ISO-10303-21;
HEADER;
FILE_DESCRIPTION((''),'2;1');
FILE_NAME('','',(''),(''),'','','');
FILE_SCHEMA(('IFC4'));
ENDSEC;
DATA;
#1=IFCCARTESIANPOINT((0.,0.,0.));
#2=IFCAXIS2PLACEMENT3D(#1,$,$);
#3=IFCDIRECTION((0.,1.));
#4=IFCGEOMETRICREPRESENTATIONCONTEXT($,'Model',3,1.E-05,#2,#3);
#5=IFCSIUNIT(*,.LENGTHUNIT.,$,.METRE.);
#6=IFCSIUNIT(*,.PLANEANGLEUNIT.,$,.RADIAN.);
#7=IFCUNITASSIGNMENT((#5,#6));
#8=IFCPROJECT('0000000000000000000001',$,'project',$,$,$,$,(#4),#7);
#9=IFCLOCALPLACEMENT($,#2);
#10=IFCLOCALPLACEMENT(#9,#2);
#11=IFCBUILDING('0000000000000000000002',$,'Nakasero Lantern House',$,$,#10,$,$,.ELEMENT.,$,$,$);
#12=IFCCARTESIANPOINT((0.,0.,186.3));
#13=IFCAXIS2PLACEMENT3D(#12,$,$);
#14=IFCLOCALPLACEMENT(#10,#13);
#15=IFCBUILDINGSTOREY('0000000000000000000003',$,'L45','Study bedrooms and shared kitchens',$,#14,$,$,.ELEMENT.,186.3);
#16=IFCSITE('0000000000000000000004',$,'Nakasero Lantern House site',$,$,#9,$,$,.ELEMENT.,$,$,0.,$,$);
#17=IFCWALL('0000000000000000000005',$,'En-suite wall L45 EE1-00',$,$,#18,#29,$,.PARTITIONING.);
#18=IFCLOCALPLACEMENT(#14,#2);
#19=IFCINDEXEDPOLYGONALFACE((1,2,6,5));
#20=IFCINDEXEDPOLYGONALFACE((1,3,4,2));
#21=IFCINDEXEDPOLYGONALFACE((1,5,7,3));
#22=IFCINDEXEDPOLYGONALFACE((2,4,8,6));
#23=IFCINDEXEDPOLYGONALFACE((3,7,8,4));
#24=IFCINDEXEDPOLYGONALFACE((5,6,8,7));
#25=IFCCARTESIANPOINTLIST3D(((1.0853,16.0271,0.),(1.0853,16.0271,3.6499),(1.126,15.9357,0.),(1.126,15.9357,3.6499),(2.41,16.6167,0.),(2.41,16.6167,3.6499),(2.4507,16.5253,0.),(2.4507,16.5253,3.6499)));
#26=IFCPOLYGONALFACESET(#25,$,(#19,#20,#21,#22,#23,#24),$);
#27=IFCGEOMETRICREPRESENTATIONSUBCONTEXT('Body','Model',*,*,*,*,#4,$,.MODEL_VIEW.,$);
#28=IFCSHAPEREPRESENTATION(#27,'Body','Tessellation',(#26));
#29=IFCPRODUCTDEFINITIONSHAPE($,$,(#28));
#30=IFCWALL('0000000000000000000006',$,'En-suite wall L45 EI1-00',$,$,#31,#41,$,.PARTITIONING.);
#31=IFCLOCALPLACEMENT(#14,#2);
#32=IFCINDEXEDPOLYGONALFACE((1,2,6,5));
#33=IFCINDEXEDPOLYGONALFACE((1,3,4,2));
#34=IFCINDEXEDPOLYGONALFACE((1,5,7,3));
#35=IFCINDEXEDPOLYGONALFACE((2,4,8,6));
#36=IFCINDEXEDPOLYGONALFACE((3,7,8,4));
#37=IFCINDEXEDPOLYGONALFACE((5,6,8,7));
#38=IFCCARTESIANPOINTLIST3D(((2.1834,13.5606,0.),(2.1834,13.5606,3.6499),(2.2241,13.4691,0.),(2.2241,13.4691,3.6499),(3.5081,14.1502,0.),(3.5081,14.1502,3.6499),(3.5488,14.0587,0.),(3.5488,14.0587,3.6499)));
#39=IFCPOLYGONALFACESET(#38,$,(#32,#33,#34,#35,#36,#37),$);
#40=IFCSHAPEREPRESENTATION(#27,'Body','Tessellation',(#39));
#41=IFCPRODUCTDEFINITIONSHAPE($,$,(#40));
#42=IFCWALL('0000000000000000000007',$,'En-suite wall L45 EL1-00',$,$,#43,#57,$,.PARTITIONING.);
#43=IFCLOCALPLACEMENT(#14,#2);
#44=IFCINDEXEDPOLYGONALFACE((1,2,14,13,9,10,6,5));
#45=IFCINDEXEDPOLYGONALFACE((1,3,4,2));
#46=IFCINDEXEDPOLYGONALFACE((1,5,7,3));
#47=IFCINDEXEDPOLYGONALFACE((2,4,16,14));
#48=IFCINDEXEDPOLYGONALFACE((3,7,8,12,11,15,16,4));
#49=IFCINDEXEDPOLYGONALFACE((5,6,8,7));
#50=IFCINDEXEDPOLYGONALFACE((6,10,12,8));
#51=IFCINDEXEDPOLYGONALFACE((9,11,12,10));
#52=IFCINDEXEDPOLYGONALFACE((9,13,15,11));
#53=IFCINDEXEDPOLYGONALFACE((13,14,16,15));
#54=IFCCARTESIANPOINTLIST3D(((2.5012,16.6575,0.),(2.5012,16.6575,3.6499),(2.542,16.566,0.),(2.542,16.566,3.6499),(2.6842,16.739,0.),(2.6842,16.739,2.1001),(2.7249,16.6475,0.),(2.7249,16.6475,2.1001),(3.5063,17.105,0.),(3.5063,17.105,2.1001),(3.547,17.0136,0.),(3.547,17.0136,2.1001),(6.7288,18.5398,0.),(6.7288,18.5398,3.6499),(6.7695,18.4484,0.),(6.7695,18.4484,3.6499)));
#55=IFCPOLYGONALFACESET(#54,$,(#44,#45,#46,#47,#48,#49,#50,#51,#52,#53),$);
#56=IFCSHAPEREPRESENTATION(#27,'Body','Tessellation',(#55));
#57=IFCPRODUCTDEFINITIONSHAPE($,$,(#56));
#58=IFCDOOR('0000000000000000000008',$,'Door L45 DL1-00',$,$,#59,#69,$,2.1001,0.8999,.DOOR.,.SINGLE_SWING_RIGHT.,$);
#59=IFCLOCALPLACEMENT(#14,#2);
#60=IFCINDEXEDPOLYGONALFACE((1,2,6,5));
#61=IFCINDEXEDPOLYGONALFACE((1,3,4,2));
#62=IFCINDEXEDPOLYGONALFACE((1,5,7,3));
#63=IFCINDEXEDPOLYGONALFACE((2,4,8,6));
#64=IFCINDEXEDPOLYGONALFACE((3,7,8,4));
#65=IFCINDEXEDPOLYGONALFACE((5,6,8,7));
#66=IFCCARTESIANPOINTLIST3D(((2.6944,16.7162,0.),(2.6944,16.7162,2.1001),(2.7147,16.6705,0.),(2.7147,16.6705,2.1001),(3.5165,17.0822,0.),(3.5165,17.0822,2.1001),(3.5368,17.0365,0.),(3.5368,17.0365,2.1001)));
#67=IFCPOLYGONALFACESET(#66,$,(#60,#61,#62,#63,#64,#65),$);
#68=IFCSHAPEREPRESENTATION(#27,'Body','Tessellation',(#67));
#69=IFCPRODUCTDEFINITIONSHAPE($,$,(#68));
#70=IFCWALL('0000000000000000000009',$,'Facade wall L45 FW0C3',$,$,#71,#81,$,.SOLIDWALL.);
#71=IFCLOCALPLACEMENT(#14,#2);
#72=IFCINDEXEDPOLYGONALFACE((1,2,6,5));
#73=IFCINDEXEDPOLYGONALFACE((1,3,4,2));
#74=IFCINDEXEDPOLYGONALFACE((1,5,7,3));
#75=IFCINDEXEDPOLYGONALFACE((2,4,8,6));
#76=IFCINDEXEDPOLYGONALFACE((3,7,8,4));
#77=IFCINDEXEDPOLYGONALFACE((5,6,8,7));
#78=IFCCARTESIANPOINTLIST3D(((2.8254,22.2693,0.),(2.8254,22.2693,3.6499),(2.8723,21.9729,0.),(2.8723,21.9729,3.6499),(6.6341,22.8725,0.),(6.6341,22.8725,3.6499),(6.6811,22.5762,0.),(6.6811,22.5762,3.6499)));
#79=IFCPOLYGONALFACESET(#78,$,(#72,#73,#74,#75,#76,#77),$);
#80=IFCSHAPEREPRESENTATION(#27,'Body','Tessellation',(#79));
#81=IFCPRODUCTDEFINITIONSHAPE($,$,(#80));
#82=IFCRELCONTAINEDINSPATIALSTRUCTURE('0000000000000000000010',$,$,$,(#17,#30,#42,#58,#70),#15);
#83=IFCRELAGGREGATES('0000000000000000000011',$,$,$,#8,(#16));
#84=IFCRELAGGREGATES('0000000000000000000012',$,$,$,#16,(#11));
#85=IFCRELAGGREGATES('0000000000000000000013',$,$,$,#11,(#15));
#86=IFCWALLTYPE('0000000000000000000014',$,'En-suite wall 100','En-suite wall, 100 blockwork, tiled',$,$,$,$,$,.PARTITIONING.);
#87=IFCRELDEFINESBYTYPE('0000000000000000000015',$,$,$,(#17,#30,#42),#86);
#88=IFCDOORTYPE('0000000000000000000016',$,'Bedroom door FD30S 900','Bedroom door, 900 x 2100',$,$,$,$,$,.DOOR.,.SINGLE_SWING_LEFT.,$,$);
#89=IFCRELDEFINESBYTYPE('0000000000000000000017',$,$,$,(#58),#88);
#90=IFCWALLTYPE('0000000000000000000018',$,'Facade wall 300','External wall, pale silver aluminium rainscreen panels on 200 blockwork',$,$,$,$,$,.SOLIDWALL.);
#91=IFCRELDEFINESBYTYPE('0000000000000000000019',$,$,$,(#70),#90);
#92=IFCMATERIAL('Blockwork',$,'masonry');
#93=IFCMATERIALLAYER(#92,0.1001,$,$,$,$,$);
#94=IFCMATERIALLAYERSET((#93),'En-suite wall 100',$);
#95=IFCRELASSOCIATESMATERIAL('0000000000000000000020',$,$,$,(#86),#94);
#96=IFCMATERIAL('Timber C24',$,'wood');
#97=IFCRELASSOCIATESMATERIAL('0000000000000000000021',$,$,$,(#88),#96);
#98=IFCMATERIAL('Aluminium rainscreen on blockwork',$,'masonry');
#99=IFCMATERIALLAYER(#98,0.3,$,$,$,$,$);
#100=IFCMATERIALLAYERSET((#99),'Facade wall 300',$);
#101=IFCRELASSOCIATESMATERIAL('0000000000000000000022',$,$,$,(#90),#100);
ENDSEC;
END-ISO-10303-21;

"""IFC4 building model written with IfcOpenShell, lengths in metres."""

from ifc_helpers import new_model, si_unit, direction, frame, frame_2d, origin, place, context, subcontext, project, spatial, rectangle, extrude, material, layer, layer_set, type_object, element, fill, save


model = new_model("IFC4")

# Units and contexts
model_context = context("Model", 3, precision=1e-05, world=origin(), true_north=direction((0.0, 1.0)))
body_context = subcontext(model_context, "Body", "Model", "MODEL_VIEW")
ifc_project = project(units=[si_unit("LENGTHUNIT", "METRE"), si_unit("PLANEANGLEUNIT", "RADIAN")], contexts=[model_context])

# Site, building, storey
site_placement = place(None, origin())
site = spatial("IfcSite", under=ifc_project, at=site_placement, Name="Nakasero Lantern House site", CompositionType="ELEMENT", RefElevation=0.0)
building_placement = place(site_placement, origin())
building = spatial("IfcBuilding", under=site, at=building_placement, Name="Nakasero Lantern House", CompositionType="ELEMENT")
storey_placement = place(building_placement, frame((0.0, 0.0, 186.3)))
storey = spatial("IfcBuildingStorey", under=building, at=storey_placement, Name="L45", Description="Study bedrooms and shared kitchens", CompositionType="ELEMENT", Elevation=186.3)

# Shared definitions
ifc_material_1 = material(Name="Blockwork", Category="masonry")
ifc_layer_1 = layer(ifc_material_1, 0.1001)
ifc_layer_set_1 = layer_set([ifc_layer_1], Name="En-suite wall 100")
wall_type_1 = type_object("IfcWallType", Name="En-suite wall 100", Description="En-suite wall, 100 blockwork, tiled", PredefinedType="PARTITIONING", material=ifc_layer_set_1)

# Walls
for number, where, z_axis, x_axis, name in (
    (1, (2.4304, 16.571, 0.0), (0.0, 0.0, 1.0), (-0.913596, -0.406623, 0.0), "En-suite wall L45 EE1-00"),
    (2, (3.5286, 14.1045, 0.0), (0.0, 0.0, 1.0), (-0.913596, -0.406623, 0.0), "En-suite wall L45 EI1-00"),
):
    element("IfcWall", number, at=place(storey_placement, frame(where, z_axis=z_axis, x_axis=x_axis)), inside=storey, type_object=wall_type_1, Name=name, PredefinedType="PARTITIONING", context=body_context, shape_type="SweptSolid", body=[
        extrude(rectangle(XDim=1.45, YDim=0.1001, at=frame_2d((0.7251, 0.0))), origin(), (0.0, 0.0, 1.0), 3.6499),
    ])

# Wall, opening, door
wall_1_placement = place(storey_placement, frame((6.7493, 18.4941, 0.0), z_axis=(0.0, 0.0, 1.0), x_axis=(-0.913537, -0.406755, 0.0)))
wall_1 = element("IfcWall", 3, at=wall_1_placement, inside=storey, type_object=wall_type_1, Name="En-suite wall L45 EL1-00", PredefinedType="PARTITIONING", context=body_context, shape_type="SweptSolid", body=[
    extrude(rectangle(XDim=4.6277, YDim=0.1001, at=frame_2d((2.314, 0.0))), origin(), (0.0, 0.0, 1.0), 3.6499),
])
opening_1_placement = place(wall_1_placement, frame((3.5276, 0.0, 0.0)))
opening_1 = element("IfcOpeningElement", 4, at=opening_1_placement, cuts=wall_1, PredefinedType="OPENING", context=body_context, shape_type="SweptSolid", body=[
    extrude(rectangle(XDim=0.8999, YDim=2.1001, at=frame_2d((0.45, 1.05))), frame((0.0, 0.0701, 0.0), z_axis=(0.0, -1.0, 0.0), x_axis=(1.0, 0.0, 0.0)), (0.0, 0.0, 1.0), 0.1401),
])
ifc_material_2 = material(Name="Timber C24", Category="wood")
door_type_1 = type_object("IfcDoorType", Name="Bedroom door FD30S 900", Description="Bedroom door, 900 x 2100", OperationType="SINGLE_SWING_LEFT", PredefinedType="DOOR", material=ifc_material_2)
door_1_placement = place(opening_1_placement, origin())
door_1 = element("IfcDoor", 5, at=door_1_placement, inside=storey, type_object=door_type_1, Name="Door L45 DL1-00", OperationType="SINGLE_SWING_RIGHT", OverallHeight=2.1001, OverallWidth=0.8999, PredefinedType="DOOR", context=body_context, shape_type="SweptSolid", body=[
    extrude(rectangle(XDim=0.8999, YDim=2.1001, at=frame_2d((0.45, 1.05))), frame((0.0, 0.0249, 0.0), z_axis=(0.0, -1.0, 0.0), x_axis=(1.0, 0.0, 0.0)), (0.0, 0.0, 1.0), 0.05),
])
fill(opening_1, door_1)

# Wall
ifc_material_3 = material(Name="Aluminium rainscreen on blockwork", Category="masonry")
ifc_layer_2 = layer(ifc_material_3, 0.3)
ifc_layer_set_2 = layer_set([ifc_layer_2], Name="Facade wall 300")
wall_type_2 = type_object("IfcWallType", Name="Facade wall 300", Description="External wall, pale silver aluminium rainscreen panels on 200 blockwork", PredefinedType="SOLIDWALL", material=ifc_layer_set_2)
wall_2_placement = place(storey_placement, frame((6.6577, 22.7244, 0.0), z_axis=(0.0, 0.0, 1.0), x_axis=(-0.987688, -0.156437, 0.0)))
element("IfcWall", 6, at=wall_2_placement, inside=storey, type_object=wall_type_2, Name="Facade wall L45 FW0C3", PredefinedType="SOLIDWALL", context=body_context, shape_type="SweptSolid", body=[
    extrude(rectangle(XDim=3.8562, YDim=0.3, at=frame_2d((1.9282, 0.0))), origin(), (0.0, 0.0, 1.0), 3.6499),
])

save(model, "model.ifc")
